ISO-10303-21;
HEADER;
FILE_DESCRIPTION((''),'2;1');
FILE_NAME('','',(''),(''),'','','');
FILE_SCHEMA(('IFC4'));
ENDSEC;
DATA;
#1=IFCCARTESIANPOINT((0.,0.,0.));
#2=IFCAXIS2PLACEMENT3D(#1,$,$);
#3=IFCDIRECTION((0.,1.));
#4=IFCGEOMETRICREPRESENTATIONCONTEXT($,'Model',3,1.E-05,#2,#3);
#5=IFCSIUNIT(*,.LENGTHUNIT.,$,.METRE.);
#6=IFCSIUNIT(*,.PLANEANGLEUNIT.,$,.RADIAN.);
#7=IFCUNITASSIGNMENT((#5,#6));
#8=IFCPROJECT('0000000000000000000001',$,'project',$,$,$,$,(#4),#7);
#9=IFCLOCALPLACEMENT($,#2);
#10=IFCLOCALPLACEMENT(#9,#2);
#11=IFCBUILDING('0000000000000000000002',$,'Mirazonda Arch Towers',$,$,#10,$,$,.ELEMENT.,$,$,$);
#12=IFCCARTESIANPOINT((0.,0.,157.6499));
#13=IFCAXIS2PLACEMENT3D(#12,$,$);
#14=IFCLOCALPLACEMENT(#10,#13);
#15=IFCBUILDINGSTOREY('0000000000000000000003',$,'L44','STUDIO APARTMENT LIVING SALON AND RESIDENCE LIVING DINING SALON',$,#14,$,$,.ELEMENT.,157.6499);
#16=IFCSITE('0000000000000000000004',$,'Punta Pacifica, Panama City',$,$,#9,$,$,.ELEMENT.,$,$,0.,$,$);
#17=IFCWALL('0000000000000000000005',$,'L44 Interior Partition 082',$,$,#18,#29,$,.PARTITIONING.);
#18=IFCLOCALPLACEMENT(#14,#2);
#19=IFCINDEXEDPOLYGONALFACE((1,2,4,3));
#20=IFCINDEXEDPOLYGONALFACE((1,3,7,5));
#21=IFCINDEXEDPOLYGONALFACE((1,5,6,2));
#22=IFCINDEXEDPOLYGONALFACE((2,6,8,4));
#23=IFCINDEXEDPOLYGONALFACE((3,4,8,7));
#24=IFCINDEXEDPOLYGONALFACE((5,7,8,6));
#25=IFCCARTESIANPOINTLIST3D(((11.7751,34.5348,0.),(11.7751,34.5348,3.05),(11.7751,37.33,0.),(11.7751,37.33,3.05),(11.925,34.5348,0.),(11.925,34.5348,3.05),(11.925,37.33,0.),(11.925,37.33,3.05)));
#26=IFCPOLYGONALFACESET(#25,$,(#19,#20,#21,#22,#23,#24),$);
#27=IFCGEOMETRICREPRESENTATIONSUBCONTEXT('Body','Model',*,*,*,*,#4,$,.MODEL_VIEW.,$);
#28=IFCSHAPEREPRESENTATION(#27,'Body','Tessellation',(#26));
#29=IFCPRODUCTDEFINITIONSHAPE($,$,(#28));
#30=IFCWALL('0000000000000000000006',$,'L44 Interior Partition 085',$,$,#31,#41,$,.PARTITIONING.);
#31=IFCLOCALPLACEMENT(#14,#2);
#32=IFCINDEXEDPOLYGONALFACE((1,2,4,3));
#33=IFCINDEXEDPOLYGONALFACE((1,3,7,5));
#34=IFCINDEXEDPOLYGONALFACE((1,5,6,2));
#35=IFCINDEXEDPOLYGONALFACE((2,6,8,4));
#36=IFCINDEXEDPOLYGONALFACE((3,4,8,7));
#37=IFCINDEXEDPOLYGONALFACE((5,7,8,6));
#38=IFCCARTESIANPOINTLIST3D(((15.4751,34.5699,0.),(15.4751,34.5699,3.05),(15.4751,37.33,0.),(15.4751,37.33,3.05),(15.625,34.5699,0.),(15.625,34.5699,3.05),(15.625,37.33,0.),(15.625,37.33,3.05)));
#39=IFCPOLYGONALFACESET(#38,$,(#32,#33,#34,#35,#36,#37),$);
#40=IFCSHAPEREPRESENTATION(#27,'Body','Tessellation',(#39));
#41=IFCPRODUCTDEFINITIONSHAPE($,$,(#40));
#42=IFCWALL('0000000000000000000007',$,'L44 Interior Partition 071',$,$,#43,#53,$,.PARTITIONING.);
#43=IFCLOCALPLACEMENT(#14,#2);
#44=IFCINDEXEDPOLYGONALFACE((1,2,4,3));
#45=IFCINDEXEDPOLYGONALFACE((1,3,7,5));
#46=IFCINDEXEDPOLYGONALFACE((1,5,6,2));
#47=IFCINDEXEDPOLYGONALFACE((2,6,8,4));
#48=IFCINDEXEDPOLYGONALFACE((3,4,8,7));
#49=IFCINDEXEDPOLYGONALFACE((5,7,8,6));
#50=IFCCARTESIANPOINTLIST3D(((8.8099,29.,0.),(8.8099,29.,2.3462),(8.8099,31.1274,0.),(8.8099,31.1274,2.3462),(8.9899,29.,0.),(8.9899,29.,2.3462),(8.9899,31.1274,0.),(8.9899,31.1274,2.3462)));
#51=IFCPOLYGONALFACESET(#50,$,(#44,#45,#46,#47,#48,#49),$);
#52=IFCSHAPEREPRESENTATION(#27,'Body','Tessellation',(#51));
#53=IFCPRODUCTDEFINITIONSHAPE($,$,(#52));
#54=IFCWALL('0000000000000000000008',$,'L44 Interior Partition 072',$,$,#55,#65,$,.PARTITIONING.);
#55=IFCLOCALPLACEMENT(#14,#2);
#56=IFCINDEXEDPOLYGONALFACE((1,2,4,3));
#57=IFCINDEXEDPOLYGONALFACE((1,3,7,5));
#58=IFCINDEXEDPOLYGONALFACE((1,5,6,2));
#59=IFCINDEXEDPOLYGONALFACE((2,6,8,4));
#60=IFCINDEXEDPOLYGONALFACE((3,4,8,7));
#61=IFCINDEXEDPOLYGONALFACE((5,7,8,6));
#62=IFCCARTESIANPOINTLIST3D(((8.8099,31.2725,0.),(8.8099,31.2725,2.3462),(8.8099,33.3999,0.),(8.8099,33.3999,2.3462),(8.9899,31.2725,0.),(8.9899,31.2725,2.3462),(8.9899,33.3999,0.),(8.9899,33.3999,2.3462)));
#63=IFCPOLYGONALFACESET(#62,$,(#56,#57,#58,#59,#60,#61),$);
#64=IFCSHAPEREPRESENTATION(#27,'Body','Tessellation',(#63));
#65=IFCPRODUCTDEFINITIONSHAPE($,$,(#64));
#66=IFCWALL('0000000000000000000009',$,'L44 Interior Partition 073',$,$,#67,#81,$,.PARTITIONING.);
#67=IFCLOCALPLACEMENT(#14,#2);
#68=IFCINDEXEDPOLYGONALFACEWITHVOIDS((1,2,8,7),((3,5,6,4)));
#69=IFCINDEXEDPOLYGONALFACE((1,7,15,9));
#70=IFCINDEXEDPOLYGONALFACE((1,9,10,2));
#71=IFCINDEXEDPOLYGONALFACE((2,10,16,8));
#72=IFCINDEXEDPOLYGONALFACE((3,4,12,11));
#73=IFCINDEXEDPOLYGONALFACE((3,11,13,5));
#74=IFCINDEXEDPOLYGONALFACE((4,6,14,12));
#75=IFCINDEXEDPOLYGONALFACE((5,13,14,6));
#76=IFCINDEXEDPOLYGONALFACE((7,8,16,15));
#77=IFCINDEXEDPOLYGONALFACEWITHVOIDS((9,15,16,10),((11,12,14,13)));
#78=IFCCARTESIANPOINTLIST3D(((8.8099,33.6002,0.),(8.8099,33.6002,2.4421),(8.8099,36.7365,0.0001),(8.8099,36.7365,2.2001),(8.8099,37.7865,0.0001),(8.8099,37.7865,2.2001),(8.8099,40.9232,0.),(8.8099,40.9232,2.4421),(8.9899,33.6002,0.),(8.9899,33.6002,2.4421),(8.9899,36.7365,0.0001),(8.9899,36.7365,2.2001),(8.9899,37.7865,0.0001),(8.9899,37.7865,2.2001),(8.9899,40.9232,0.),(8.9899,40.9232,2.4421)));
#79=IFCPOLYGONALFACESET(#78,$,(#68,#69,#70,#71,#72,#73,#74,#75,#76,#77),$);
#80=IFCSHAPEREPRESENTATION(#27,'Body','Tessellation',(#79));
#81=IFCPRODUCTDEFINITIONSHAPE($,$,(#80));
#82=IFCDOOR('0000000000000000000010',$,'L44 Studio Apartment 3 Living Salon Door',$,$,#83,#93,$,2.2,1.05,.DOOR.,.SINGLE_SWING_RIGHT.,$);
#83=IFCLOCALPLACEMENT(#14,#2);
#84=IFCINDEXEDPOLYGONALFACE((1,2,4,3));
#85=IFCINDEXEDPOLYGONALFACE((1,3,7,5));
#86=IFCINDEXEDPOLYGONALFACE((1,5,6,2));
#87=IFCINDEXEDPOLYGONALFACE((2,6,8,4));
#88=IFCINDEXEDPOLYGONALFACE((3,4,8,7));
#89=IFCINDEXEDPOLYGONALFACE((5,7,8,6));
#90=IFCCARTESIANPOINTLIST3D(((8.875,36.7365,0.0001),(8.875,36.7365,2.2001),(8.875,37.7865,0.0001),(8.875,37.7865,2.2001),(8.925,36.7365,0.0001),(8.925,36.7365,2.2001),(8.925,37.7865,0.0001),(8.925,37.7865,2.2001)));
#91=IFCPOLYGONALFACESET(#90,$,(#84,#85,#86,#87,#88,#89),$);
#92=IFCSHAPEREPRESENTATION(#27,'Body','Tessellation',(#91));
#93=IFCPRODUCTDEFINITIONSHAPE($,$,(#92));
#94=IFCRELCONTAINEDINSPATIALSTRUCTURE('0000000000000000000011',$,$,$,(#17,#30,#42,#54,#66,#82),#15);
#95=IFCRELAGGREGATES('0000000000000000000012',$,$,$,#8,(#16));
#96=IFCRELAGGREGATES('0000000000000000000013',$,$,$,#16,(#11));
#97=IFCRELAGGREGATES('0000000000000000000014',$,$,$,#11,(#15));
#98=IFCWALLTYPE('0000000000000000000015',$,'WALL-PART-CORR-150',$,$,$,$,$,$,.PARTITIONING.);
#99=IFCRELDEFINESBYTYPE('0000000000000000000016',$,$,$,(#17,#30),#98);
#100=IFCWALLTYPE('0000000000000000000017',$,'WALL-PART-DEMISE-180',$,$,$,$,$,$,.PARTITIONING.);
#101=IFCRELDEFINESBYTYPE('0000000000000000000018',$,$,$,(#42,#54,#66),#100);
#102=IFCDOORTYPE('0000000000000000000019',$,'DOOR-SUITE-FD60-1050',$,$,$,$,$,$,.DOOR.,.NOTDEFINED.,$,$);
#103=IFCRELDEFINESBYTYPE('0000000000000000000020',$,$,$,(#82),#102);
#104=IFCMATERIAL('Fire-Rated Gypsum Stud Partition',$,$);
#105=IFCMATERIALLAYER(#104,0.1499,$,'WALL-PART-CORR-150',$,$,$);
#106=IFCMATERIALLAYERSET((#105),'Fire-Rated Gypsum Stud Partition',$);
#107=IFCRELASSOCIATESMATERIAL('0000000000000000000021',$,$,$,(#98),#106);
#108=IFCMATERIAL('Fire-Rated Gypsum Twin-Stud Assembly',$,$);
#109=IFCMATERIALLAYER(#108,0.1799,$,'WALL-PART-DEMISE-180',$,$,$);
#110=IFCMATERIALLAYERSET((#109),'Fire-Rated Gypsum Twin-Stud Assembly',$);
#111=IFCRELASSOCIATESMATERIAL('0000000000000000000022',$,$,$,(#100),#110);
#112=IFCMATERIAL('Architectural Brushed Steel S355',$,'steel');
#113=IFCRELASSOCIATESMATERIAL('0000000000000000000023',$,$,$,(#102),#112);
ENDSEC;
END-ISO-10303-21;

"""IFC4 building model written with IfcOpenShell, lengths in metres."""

from ifc_helpers import new_model, si_unit, direction, frame, frame_2d, origin, place, context, subcontext, project, spatial, rectangle, extrude, material, layer, layer_set, type_object, element, fill, save


model = new_model("IFC4")

# Units and contexts
model_context = context("Model", 3, precision=1e-05, world=origin(), true_north=direction((0.0, 1.0)))
body_context = subcontext(model_context, "Body", "Model", "MODEL_VIEW")
ifc_project = project(units=[si_unit("LENGTHUNIT", "METRE"), si_unit("PLANEANGLEUNIT", "RADIAN")], contexts=[model_context])

# Site, building, storey
site_placement = place(None, origin())
site = spatial("IfcSite", under=ifc_project, at=site_placement, Name="Punta Pacifica, Panama City", CompositionType="ELEMENT", RefElevation=0.0)
building_placement = place(site_placement, origin())
building = spatial("IfcBuilding", under=site, at=building_placement, Name="Mirazonda Arch Towers", CompositionType="ELEMENT")
storey_placement = place(building_placement, frame((0.0, 0.0, 157.6499)))
storey = spatial("IfcBuildingStorey", under=building, at=storey_placement, Name="L44", Description="STUDIO APARTMENT LIVING SALON AND RESIDENCE LIVING DINING SALON", CompositionType="ELEMENT", Elevation=157.6499)

# Shared definitions
ifc_material_1 = material(Name="Architectural Brushed Steel S355", Category="steel")

# Shared definitions
ifc_material_2 = material(Name="Fire-Rated Gypsum Stud Partition")
ifc_layer_1 = layer(ifc_material_2, 0.1499, Name="WALL-PART-CORR-150")
ifc_layer_set_1 = layer_set([ifc_layer_1], Name="Fire-Rated Gypsum Stud Partition")
wall_type_1 = type_object("IfcWallType", Name="WALL-PART-CORR-150", PredefinedType="PARTITIONING", material=ifc_layer_set_1)

# Walls
wall_1_placement = place(storey_placement, frame((11.8501, 34.5349, 0.0), z_axis=(0.0, 0.0, 1.0), x_axis=(0.0, 1.0, 0.0)))
element("IfcWall", 1, at=wall_1_placement, inside=storey, type_object=wall_type_1, Name="L44 Interior Partition 082", PredefinedType="PARTITIONING", context=body_context, shape_type="SweptSolid", body=[
    extrude(rectangle(XDim=2.7952, YDim=0.1499, at=frame_2d((1.3975, 0.0))), origin(), (0.0, 0.0, 1.0), 3.05),
])
wall_2_placement = place(storey_placement, frame((15.55, 34.5701, 0.0), z_axis=(0.0, 0.0, 1.0), x_axis=(0.0, 1.0, 0.0)))
element("IfcWall", 2, at=wall_2_placement, inside=storey, type_object=wall_type_1, Name="L44 Interior Partition 085", PredefinedType="PARTITIONING", context=body_context, shape_type="SweptSolid", body=[
    extrude(rectangle(XDim=2.76, YDim=0.1499, at=frame_2d((1.3799, 0.0))), origin(), (0.0, 0.0, 1.0), 3.05),
])
ifc_material_3 = material(Name="Fire-Rated Gypsum Twin-Stud Assembly")
ifc_layer_2 = layer(ifc_material_3, 0.1799, Name="WALL-PART-DEMISE-180")
ifc_layer_set_2 = layer_set([ifc_layer_2], Name="Fire-Rated Gypsum Twin-Stud Assembly")
wall_type_2 = type_object("IfcWallType", Name="WALL-PART-DEMISE-180", PredefinedType="PARTITIONING", material=ifc_layer_set_2)
for number, where, z_axis, x_axis, name in (
    (3, (8.8999, 29.0, 0.0), (0.0, 0.0, 1.0), (0.0, 1.0, 0.0), "L44 Interior Partition 071"),
    (4, (8.8999, 31.2725, 0.0), (0.0, 0.0, 1.0), (0.0, 1.0, 0.0), "L44 Interior Partition 072"),
):
    element("IfcWall", number, at=place(storey_placement, frame(where, z_axis=z_axis, x_axis=x_axis)), inside=storey, type_object=wall_type_2, Name=name, PredefinedType="PARTITIONING", context=body_context, shape_type="SweptSolid", body=[
        extrude(rectangle(XDim=2.1274, YDim=0.1799, at=frame_2d((1.0637, 0.0))), origin(), (0.0, 0.0, 1.0), 2.3462),
    ])

# Wall, opening, door
wall_3_placement = place(storey_placement, frame((8.8999, 33.6001, 0.0), z_axis=(0.0, 0.0, 1.0), x_axis=(0.0, 1.0, 0.0)))
wall_3 = element("IfcWall", 5, at=wall_3_placement, inside=storey, type_object=wall_type_2, Name="L44 Interior Partition 073", PredefinedType="PARTITIONING", context=body_context, shape_type="SweptSolid", body=[
    extrude(rectangle(XDim=7.323, YDim=0.1799, at=frame_2d((3.6616, 0.0))), origin(), (0.0, 0.0, 1.0), 2.4421),
])
opening_1_placement = place(wall_3_placement, frame((3.1365, 0.0, 0.0)))
opening_1 = element("IfcOpeningElement", 6, at=opening_1_placement, cuts=wall_3, PredefinedType="OPENING", context=body_context, shape_type="SweptSolid", body=[
    extrude(rectangle(XDim=1.05, YDim=2.2, at=frame_2d((0.5249, 1.1001))), frame((0.0, 0.0999, 0.0), z_axis=(0.0, -1.0, 0.0), x_axis=(1.0, 0.0, 0.0)), (0.0, 0.0, 1.0), 0.2),
])
door_type_1 = type_object("IfcDoorType", Name="DOOR-SUITE-FD60-1050", OperationType="NOTDEFINED", PredefinedType="DOOR", material=ifc_material_1)
door_1_placement = place(opening_1_placement, origin())
door_1 = element("IfcDoor", 7, at=door_1_placement, inside=storey, type_object=door_type_1, Name="L44 Studio Apartment 3 Living Salon Door", OperationType="SINGLE_SWING_RIGHT", OverallHeight=2.2, OverallWidth=1.05, PredefinedType="DOOR", context=body_context, shape_type="SweptSolid", body=[
    extrude(rectangle(XDim=1.05, YDim=2.2, at=frame_2d((0.5249, 1.1001))), frame((0.0, 0.0249, 0.0), z_axis=(0.0, -1.0, 0.0), x_axis=(1.0, 0.0, 0.0)), (0.0, 0.0, 1.0), 0.05),
])
fill(opening_1, door_1)

save(model, "model.ifc")
